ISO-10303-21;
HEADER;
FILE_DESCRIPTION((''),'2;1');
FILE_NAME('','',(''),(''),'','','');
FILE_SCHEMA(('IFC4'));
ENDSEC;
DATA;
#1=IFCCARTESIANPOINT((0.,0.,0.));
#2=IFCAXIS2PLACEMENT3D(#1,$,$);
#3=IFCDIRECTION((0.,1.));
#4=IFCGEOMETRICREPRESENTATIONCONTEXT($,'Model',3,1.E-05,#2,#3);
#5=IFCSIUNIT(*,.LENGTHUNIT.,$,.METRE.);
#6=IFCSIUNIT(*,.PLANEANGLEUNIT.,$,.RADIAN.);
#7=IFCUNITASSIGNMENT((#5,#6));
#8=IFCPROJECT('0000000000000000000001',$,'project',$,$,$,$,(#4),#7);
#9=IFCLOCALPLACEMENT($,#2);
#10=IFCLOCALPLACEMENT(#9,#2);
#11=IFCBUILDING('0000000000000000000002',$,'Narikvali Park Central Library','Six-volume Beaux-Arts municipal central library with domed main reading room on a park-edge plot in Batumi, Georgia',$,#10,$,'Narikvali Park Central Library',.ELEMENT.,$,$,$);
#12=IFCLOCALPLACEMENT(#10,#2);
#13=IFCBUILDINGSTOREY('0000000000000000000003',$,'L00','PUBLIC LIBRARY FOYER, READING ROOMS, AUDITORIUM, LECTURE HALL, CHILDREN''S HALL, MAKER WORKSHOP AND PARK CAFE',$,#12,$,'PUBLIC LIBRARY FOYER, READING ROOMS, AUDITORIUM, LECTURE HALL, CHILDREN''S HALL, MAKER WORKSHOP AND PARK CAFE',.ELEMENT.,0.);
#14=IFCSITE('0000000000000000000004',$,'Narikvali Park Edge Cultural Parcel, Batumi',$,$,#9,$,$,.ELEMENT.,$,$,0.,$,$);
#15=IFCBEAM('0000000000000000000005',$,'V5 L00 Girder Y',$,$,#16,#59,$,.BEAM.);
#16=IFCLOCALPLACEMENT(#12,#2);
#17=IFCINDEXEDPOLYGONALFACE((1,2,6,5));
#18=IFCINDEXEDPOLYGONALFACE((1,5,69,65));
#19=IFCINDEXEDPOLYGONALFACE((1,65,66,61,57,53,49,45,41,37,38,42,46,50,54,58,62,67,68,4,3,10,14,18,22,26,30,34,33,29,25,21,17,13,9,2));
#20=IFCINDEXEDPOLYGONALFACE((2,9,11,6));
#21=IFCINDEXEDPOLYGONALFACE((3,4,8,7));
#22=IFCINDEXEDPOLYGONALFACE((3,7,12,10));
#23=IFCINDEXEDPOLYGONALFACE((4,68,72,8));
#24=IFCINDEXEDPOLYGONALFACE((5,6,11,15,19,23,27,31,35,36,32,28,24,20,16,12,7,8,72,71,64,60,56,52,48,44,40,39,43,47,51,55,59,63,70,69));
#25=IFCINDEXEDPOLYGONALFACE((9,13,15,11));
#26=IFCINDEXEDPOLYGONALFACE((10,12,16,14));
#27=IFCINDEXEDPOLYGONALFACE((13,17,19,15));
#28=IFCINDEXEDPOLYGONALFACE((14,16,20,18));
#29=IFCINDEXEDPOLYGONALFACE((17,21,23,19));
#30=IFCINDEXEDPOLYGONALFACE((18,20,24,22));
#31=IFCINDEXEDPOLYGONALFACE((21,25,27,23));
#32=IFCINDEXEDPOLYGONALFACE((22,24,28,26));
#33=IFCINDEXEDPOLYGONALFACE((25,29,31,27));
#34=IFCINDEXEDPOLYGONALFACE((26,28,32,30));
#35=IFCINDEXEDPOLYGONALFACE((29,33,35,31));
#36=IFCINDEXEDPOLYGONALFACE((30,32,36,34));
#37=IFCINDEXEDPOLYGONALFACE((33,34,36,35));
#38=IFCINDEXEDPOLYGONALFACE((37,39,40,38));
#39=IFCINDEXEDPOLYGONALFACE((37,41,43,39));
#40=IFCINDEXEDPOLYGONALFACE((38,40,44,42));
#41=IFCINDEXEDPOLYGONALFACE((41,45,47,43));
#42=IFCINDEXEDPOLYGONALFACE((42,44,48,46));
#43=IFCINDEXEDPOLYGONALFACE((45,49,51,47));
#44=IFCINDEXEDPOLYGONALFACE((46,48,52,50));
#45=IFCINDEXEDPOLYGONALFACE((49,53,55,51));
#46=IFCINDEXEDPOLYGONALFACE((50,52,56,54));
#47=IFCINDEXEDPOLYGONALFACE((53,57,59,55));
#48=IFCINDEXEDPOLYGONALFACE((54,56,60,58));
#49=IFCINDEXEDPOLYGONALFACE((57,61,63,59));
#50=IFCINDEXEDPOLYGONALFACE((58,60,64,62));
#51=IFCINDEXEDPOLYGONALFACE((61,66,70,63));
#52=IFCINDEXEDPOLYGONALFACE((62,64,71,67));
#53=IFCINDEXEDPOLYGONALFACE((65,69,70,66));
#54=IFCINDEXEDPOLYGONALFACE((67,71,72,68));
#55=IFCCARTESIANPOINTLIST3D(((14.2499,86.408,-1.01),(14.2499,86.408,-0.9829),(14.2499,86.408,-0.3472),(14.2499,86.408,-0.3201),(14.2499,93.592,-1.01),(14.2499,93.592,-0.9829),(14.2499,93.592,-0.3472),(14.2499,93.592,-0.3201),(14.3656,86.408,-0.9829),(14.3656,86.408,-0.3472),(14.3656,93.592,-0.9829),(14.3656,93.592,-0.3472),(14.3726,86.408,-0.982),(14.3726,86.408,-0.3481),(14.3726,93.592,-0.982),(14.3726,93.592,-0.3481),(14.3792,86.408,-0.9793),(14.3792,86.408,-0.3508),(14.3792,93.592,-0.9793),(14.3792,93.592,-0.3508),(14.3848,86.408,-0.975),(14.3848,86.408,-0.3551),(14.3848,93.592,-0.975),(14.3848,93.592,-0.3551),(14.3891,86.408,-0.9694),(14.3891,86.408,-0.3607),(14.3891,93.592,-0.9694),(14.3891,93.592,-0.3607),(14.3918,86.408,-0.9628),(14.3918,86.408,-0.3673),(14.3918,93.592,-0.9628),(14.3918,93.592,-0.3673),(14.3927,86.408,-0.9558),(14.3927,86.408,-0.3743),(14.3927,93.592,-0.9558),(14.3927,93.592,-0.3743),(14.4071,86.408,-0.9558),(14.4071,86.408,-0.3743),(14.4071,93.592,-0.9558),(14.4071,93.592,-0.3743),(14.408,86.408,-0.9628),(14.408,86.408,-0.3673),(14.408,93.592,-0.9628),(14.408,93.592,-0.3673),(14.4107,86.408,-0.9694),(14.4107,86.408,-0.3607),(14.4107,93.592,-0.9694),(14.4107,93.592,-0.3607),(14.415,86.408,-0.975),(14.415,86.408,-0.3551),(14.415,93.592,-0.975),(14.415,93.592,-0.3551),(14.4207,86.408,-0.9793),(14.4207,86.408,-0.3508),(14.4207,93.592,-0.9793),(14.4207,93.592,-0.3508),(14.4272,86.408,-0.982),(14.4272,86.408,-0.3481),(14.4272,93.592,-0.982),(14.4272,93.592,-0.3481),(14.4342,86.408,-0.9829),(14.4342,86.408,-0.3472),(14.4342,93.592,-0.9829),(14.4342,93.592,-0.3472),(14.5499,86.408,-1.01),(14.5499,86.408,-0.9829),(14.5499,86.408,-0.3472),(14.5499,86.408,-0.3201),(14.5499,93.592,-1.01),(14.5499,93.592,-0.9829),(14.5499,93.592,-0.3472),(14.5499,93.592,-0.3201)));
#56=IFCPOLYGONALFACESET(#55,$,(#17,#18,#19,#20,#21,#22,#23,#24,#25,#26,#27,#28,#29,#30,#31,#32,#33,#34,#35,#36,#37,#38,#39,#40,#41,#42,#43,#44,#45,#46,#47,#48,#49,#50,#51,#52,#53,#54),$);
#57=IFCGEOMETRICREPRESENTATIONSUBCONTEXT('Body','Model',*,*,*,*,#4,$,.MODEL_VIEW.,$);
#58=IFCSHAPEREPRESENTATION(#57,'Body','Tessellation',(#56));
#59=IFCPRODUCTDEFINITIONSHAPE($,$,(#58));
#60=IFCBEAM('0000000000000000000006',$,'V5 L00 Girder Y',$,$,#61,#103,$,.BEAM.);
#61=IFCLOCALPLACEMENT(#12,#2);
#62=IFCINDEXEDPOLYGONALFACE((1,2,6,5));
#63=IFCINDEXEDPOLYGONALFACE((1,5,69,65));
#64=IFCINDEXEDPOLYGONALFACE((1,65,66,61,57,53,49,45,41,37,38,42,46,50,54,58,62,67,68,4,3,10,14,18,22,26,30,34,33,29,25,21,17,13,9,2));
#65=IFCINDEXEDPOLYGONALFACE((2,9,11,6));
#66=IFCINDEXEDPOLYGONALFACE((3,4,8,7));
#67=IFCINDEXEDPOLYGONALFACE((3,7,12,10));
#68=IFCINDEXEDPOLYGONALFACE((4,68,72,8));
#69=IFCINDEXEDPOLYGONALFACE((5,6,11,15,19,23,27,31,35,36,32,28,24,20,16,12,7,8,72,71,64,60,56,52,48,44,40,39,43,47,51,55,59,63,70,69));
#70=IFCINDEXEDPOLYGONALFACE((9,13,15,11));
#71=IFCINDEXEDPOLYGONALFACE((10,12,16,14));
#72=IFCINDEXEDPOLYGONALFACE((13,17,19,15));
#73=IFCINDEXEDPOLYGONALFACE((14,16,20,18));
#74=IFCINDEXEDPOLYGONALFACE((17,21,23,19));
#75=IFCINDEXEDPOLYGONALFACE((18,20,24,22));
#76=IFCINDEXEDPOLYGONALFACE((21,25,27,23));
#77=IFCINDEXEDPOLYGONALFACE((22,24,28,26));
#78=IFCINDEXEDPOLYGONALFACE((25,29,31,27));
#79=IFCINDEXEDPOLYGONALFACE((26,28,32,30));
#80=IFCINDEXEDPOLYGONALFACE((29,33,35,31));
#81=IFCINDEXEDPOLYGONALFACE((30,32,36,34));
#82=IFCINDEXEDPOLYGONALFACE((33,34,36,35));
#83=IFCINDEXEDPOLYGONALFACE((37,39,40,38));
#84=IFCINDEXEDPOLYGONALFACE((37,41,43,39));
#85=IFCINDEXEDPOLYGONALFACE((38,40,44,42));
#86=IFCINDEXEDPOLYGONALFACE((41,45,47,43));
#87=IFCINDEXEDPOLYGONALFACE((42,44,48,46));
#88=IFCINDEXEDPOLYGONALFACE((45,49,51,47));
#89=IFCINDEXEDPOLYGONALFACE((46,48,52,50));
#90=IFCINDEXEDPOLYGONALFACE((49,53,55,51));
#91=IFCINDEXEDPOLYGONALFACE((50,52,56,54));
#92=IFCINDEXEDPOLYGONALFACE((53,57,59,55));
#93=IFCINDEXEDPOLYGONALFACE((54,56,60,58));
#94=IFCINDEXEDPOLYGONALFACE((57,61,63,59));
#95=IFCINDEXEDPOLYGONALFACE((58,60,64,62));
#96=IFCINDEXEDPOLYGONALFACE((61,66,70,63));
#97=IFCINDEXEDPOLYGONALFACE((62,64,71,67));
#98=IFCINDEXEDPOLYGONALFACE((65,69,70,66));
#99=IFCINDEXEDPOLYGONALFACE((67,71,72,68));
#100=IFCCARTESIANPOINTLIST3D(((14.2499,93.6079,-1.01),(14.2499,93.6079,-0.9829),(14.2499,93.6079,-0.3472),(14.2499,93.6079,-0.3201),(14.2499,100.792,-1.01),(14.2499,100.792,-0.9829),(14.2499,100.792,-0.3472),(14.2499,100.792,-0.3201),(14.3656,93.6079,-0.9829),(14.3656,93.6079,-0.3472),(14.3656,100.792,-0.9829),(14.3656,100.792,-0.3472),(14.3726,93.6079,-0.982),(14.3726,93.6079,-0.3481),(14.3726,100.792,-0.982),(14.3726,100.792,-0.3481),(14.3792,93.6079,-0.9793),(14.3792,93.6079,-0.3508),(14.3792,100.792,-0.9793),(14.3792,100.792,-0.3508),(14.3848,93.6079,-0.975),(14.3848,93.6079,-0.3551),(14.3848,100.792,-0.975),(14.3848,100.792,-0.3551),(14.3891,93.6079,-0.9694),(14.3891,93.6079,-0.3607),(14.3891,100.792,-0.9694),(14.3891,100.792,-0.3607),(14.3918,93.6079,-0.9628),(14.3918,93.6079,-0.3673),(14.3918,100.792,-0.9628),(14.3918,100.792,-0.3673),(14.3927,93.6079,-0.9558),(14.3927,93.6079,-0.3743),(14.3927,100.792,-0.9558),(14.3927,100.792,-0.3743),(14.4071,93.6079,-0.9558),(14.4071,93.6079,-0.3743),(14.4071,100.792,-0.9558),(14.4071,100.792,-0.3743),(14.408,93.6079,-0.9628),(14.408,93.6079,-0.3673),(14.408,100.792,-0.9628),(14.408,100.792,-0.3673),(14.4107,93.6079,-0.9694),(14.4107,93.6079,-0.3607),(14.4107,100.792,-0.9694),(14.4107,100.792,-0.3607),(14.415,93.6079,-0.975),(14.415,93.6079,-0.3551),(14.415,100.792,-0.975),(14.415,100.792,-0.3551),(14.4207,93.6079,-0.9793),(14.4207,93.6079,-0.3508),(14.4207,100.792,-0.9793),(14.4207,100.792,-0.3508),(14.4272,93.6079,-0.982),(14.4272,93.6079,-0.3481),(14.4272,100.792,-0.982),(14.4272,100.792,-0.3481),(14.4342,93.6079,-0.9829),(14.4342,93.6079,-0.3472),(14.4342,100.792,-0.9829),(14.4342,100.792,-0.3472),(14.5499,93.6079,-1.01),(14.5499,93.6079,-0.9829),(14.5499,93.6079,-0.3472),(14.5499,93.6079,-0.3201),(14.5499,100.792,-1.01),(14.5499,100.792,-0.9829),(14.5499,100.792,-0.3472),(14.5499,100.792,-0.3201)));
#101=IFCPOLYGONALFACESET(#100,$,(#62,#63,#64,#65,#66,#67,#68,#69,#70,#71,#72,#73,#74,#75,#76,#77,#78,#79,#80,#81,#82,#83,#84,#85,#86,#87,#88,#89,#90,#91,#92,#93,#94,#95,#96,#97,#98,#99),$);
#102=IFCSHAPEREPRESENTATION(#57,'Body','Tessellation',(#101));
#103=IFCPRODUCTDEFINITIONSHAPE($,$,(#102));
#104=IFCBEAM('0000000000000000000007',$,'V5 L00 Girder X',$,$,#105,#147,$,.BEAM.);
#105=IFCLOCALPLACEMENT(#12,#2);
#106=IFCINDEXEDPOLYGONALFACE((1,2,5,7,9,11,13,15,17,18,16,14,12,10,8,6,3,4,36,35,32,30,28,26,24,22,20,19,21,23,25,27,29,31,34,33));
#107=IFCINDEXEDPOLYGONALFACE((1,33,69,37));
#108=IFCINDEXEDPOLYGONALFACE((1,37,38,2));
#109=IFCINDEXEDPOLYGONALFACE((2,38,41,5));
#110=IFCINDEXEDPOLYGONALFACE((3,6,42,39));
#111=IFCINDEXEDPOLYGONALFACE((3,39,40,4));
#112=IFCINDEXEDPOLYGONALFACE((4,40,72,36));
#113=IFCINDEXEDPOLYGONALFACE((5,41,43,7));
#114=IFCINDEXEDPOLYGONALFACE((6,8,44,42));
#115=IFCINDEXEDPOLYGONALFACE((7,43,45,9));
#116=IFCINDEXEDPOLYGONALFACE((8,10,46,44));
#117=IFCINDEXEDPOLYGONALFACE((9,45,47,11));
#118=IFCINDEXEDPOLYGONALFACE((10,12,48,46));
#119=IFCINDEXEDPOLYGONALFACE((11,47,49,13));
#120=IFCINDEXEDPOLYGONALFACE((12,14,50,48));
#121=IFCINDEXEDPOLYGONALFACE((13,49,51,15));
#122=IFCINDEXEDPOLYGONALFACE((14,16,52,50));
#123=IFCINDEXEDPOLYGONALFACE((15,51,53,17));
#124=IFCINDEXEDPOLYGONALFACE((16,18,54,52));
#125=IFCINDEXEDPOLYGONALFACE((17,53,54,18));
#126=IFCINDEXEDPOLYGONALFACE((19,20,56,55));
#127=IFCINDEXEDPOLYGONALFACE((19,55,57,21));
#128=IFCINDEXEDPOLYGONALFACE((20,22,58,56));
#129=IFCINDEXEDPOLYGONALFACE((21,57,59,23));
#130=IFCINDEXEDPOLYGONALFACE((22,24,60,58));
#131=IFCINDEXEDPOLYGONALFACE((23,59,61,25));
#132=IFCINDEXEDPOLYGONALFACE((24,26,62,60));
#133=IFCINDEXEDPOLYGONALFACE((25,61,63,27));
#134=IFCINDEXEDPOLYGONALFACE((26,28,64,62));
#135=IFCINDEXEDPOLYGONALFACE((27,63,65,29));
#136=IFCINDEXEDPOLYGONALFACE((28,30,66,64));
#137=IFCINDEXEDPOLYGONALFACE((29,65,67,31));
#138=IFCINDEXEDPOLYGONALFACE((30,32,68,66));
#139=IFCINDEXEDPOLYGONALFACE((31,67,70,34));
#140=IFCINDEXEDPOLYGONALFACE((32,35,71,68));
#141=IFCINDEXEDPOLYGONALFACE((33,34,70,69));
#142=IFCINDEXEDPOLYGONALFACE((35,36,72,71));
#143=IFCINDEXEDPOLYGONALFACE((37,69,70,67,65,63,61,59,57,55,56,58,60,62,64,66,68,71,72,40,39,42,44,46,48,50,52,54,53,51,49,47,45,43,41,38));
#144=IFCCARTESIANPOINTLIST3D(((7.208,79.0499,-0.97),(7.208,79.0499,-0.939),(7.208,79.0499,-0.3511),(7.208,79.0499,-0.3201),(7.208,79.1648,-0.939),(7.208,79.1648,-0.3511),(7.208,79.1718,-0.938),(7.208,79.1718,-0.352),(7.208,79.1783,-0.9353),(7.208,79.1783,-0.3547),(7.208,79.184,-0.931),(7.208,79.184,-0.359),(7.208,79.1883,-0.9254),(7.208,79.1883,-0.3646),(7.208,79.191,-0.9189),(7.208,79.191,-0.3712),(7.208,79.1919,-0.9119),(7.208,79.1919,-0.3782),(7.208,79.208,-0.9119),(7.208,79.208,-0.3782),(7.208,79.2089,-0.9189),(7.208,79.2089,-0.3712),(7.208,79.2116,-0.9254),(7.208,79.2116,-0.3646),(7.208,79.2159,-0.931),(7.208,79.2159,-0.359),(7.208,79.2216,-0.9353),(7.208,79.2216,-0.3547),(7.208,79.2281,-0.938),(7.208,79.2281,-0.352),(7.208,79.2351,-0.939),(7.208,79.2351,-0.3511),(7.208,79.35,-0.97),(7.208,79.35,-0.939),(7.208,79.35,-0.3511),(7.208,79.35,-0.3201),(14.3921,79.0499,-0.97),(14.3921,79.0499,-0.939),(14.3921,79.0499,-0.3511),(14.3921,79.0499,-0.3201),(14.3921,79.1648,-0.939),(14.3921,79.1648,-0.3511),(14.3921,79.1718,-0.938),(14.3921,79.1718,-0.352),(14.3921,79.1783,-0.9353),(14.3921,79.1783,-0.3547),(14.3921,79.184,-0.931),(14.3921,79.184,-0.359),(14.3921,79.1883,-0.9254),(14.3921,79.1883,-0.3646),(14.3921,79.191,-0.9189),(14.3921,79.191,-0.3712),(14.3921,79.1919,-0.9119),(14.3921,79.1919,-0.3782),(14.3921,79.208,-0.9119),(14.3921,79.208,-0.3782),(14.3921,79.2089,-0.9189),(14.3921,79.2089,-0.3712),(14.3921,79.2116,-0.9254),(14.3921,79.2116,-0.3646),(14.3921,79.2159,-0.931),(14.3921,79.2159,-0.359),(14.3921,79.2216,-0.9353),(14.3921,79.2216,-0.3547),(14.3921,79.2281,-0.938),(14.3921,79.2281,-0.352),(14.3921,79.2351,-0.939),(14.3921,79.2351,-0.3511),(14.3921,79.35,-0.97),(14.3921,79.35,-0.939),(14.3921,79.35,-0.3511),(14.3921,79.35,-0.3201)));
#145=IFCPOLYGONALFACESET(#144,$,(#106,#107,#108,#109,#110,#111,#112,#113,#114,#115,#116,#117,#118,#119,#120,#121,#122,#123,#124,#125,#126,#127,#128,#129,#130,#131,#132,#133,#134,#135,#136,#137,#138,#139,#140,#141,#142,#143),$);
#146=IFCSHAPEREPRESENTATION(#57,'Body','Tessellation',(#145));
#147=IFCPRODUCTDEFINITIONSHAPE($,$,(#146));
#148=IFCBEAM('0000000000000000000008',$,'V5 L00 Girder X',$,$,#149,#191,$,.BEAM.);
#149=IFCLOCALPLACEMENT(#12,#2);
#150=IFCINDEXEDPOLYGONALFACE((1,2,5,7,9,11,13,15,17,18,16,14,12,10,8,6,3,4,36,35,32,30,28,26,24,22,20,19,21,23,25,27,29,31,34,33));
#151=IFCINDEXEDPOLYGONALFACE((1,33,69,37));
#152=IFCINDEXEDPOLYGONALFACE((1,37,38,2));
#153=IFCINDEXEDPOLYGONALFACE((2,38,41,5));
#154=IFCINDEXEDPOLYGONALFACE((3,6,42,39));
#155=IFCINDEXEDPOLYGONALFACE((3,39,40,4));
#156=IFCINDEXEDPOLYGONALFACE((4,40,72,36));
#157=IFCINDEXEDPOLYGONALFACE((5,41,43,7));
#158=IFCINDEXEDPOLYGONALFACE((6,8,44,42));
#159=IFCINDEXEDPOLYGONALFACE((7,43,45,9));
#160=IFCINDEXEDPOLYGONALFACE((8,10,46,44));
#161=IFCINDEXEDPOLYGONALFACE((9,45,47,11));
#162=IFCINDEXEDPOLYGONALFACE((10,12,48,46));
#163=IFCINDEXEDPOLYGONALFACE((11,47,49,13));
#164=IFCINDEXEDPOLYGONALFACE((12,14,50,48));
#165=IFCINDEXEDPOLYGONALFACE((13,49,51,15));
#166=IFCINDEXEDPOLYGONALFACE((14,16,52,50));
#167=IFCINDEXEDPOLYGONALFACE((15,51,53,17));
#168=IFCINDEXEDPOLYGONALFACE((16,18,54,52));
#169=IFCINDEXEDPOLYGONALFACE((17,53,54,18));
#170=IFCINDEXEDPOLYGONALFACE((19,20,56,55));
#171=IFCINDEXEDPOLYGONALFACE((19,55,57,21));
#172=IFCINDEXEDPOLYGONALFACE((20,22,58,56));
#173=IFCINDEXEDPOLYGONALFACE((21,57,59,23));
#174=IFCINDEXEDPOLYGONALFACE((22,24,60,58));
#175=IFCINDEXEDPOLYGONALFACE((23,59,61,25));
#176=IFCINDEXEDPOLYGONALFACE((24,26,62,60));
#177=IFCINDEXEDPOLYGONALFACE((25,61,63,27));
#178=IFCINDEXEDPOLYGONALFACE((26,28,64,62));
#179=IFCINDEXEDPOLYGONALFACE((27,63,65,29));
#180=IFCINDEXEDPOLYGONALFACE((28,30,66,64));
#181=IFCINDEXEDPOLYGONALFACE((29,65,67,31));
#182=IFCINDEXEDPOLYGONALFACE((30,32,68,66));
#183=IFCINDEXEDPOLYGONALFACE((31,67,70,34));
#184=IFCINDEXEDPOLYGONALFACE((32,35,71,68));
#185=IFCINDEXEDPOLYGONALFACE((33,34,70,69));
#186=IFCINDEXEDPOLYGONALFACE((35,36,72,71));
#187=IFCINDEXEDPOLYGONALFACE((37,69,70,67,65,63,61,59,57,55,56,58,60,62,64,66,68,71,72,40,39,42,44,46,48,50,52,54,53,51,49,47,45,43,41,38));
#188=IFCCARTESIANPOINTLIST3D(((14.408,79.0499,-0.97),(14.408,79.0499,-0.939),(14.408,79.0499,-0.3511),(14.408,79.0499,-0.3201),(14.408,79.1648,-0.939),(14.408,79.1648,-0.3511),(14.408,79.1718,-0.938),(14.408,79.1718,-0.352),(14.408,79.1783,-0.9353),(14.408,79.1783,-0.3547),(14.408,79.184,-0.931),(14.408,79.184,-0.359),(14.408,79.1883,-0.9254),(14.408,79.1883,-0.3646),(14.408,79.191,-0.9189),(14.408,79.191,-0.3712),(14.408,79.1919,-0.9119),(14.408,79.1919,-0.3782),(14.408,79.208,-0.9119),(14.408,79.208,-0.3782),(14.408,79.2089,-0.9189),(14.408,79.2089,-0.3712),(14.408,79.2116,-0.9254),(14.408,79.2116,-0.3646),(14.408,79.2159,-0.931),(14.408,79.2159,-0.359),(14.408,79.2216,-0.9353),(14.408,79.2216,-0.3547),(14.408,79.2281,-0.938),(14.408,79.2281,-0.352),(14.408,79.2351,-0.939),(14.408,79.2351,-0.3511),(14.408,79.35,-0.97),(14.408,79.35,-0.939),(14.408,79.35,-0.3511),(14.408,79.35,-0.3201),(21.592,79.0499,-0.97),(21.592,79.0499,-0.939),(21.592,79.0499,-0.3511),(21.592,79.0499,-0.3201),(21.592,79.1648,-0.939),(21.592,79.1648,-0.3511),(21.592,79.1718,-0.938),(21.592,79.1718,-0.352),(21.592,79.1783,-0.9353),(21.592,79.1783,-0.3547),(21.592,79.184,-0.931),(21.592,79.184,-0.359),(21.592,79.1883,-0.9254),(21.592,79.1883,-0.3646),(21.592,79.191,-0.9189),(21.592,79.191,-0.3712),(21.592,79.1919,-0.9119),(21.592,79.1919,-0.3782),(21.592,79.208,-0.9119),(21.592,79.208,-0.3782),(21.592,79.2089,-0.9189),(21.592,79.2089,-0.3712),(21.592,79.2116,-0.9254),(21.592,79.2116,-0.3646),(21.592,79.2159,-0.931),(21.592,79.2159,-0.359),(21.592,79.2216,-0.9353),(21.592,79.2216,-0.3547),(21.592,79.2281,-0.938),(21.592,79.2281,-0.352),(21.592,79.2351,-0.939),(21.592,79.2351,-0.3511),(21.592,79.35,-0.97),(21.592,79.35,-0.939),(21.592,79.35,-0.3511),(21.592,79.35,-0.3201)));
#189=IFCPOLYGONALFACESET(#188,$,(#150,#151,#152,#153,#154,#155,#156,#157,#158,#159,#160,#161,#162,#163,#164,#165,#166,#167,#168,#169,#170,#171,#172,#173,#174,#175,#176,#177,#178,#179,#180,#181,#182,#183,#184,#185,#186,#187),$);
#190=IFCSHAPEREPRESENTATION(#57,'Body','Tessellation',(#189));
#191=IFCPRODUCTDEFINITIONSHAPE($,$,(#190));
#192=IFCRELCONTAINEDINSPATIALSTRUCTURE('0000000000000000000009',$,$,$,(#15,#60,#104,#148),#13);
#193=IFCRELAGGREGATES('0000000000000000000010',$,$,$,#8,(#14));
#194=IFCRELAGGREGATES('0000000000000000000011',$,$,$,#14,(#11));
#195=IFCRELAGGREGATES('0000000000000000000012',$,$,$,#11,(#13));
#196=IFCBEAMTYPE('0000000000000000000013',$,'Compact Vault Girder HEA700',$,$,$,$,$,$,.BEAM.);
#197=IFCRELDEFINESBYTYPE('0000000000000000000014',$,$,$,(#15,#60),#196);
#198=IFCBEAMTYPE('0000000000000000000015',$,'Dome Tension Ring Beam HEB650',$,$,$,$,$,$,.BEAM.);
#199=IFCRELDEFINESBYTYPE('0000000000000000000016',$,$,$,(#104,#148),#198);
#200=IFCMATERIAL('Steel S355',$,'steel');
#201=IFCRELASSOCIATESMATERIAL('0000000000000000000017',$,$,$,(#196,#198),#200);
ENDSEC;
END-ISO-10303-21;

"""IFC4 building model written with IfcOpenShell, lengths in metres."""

from ifc_helpers import new_model, si_unit, direction, frame, origin, origin_2d, place, context, subcontext, project, spatial, i_section, extrude, material, material_profile, profile_set, type_object, element, save


model = new_model("IFC4")

# Units and contexts
model_context = context("Model", 3, precision=1e-05, world=origin(), true_north=direction((0.0, 1.0)))
body_context = subcontext(model_context, "Body", "Model", "MODEL_VIEW")
ifc_project = project(units=[si_unit("LENGTHUNIT", "METRE"), si_unit("PLANEANGLEUNIT", "RADIAN")], contexts=[model_context])

# Site, building, storey
site_placement = place(None, origin())
site = spatial("IfcSite", under=ifc_project, at=site_placement, Name="Narikvali Park Edge Cultural Parcel, Batumi", CompositionType="ELEMENT", RefElevation=0.0)
building_placement = place(site_placement, origin())
building = spatial("IfcBuilding", under=site, at=building_placement, Name="Narikvali Park Central Library", Description="Six-volume Beaux-Arts municipal central library with domed main reading room on a park-edge plot in Batumi, Georgia", LongName="Narikvali Park Central Library", CompositionType="ELEMENT")
storey_placement = place(building_placement, origin())
storey = spatial("IfcBuildingStorey", under=building, at=storey_placement, Name="L00", Description="PUBLIC LIBRARY FOYER, READING ROOMS, AUDITORIUM, LECTURE HALL, CHILDREN'S HALL, MAKER WORKSHOP AND PARK CAFE", LongName="PUBLIC LIBRARY FOYER, READING ROOMS, AUDITORIUM, LECTURE HALL, CHILDREN'S HALL, MAKER WORKSHOP AND PARK CAFE", CompositionType="ELEMENT", Elevation=0.0)

# Shared definitions
ifc_material_1 = material(Name="Steel S355", Category="steel")

# Beams
ifc_material_profile_1 = material_profile(ifc_material_1, i_section(OverallWidth=0.3, OverallDepth=0.6899, WebThickness=0.0144, FlangeThickness=0.0271, FilletRadius=0.0271, at=origin_2d()), Name="HEA 700")
ifc_profile_set_1 = profile_set([ifc_material_profile_1], Name="Steel S355")
beam_type_1 = type_object("IfcBeamType", Name="Compact Vault Girder HEA700", PredefinedType="BEAM", material=ifc_profile_set_1)
for number, where, z_axis, x_axis, name in (
    (1, (14.3999, 86.408, -0.665), (0.0, 1.0, 0.0), (-1.0, 0.0, 0.0), "V5 L00 Girder Y"),
    (2, (14.3999, 93.6079, -0.665), (0.0, 1.0, 0.0), (-1.0, 0.0, 0.0), "V5 L00 Girder Y"),
):
    element("IfcBeam", number, at=place(storey_placement, frame(where, z_axis=z_axis, x_axis=x_axis)), inside=storey, type_object=beam_type_1, Name=name, PredefinedType="BEAM", context=body_context, shape_type="SweptSolid", body=[
        extrude(i_section(OverallWidth=0.3, OverallDepth=0.6899, WebThickness=0.0144, FlangeThickness=0.0271, FilletRadius=0.0271, at=origin_2d()), origin(), (0.0, 0.0, 1.0), 7.1841),
    ])
ifc_material_profile_2 = material_profile(ifc_material_1, i_section(OverallWidth=0.3, OverallDepth=0.6499, WebThickness=0.0161, FlangeThickness=0.031, FilletRadius=0.0271, at=origin_2d()), Name="HEB 650")
ifc_profile_set_2 = profile_set([ifc_material_profile_2], Name="Steel S355")
beam_type_2 = type_object("IfcBeamType", Name="Dome Tension Ring Beam HEB650", PredefinedType="BEAM", material=ifc_profile_set_2)
for number, where, z_axis, x_axis, name in (
    (3, (7.208, 79.2, -0.645), (1.0, 0.0, 0.0), (0.0, 1.0, 0.0), "V5 L00 Girder X"),
    (4, (14.408, 79.2, -0.645), (1.0, 0.0, 0.0), (0.0, 1.0, 0.0), "V5 L00 Girder X"),
):
    element("IfcBeam", number, at=place(storey_placement, frame(where, z_axis=z_axis, x_axis=x_axis)), inside=storey, type_object=beam_type_2, Name=name, PredefinedType="BEAM", context=body_context, shape_type="SweptSolid", body=[
        extrude(i_section(OverallWidth=0.3, OverallDepth=0.6499, WebThickness=0.0161, FlangeThickness=0.031, FilletRadius=0.0271, at=origin_2d()), origin(), (0.0, 0.0, 1.0), 7.1841),
    ])

save(model, "model.ifc")
